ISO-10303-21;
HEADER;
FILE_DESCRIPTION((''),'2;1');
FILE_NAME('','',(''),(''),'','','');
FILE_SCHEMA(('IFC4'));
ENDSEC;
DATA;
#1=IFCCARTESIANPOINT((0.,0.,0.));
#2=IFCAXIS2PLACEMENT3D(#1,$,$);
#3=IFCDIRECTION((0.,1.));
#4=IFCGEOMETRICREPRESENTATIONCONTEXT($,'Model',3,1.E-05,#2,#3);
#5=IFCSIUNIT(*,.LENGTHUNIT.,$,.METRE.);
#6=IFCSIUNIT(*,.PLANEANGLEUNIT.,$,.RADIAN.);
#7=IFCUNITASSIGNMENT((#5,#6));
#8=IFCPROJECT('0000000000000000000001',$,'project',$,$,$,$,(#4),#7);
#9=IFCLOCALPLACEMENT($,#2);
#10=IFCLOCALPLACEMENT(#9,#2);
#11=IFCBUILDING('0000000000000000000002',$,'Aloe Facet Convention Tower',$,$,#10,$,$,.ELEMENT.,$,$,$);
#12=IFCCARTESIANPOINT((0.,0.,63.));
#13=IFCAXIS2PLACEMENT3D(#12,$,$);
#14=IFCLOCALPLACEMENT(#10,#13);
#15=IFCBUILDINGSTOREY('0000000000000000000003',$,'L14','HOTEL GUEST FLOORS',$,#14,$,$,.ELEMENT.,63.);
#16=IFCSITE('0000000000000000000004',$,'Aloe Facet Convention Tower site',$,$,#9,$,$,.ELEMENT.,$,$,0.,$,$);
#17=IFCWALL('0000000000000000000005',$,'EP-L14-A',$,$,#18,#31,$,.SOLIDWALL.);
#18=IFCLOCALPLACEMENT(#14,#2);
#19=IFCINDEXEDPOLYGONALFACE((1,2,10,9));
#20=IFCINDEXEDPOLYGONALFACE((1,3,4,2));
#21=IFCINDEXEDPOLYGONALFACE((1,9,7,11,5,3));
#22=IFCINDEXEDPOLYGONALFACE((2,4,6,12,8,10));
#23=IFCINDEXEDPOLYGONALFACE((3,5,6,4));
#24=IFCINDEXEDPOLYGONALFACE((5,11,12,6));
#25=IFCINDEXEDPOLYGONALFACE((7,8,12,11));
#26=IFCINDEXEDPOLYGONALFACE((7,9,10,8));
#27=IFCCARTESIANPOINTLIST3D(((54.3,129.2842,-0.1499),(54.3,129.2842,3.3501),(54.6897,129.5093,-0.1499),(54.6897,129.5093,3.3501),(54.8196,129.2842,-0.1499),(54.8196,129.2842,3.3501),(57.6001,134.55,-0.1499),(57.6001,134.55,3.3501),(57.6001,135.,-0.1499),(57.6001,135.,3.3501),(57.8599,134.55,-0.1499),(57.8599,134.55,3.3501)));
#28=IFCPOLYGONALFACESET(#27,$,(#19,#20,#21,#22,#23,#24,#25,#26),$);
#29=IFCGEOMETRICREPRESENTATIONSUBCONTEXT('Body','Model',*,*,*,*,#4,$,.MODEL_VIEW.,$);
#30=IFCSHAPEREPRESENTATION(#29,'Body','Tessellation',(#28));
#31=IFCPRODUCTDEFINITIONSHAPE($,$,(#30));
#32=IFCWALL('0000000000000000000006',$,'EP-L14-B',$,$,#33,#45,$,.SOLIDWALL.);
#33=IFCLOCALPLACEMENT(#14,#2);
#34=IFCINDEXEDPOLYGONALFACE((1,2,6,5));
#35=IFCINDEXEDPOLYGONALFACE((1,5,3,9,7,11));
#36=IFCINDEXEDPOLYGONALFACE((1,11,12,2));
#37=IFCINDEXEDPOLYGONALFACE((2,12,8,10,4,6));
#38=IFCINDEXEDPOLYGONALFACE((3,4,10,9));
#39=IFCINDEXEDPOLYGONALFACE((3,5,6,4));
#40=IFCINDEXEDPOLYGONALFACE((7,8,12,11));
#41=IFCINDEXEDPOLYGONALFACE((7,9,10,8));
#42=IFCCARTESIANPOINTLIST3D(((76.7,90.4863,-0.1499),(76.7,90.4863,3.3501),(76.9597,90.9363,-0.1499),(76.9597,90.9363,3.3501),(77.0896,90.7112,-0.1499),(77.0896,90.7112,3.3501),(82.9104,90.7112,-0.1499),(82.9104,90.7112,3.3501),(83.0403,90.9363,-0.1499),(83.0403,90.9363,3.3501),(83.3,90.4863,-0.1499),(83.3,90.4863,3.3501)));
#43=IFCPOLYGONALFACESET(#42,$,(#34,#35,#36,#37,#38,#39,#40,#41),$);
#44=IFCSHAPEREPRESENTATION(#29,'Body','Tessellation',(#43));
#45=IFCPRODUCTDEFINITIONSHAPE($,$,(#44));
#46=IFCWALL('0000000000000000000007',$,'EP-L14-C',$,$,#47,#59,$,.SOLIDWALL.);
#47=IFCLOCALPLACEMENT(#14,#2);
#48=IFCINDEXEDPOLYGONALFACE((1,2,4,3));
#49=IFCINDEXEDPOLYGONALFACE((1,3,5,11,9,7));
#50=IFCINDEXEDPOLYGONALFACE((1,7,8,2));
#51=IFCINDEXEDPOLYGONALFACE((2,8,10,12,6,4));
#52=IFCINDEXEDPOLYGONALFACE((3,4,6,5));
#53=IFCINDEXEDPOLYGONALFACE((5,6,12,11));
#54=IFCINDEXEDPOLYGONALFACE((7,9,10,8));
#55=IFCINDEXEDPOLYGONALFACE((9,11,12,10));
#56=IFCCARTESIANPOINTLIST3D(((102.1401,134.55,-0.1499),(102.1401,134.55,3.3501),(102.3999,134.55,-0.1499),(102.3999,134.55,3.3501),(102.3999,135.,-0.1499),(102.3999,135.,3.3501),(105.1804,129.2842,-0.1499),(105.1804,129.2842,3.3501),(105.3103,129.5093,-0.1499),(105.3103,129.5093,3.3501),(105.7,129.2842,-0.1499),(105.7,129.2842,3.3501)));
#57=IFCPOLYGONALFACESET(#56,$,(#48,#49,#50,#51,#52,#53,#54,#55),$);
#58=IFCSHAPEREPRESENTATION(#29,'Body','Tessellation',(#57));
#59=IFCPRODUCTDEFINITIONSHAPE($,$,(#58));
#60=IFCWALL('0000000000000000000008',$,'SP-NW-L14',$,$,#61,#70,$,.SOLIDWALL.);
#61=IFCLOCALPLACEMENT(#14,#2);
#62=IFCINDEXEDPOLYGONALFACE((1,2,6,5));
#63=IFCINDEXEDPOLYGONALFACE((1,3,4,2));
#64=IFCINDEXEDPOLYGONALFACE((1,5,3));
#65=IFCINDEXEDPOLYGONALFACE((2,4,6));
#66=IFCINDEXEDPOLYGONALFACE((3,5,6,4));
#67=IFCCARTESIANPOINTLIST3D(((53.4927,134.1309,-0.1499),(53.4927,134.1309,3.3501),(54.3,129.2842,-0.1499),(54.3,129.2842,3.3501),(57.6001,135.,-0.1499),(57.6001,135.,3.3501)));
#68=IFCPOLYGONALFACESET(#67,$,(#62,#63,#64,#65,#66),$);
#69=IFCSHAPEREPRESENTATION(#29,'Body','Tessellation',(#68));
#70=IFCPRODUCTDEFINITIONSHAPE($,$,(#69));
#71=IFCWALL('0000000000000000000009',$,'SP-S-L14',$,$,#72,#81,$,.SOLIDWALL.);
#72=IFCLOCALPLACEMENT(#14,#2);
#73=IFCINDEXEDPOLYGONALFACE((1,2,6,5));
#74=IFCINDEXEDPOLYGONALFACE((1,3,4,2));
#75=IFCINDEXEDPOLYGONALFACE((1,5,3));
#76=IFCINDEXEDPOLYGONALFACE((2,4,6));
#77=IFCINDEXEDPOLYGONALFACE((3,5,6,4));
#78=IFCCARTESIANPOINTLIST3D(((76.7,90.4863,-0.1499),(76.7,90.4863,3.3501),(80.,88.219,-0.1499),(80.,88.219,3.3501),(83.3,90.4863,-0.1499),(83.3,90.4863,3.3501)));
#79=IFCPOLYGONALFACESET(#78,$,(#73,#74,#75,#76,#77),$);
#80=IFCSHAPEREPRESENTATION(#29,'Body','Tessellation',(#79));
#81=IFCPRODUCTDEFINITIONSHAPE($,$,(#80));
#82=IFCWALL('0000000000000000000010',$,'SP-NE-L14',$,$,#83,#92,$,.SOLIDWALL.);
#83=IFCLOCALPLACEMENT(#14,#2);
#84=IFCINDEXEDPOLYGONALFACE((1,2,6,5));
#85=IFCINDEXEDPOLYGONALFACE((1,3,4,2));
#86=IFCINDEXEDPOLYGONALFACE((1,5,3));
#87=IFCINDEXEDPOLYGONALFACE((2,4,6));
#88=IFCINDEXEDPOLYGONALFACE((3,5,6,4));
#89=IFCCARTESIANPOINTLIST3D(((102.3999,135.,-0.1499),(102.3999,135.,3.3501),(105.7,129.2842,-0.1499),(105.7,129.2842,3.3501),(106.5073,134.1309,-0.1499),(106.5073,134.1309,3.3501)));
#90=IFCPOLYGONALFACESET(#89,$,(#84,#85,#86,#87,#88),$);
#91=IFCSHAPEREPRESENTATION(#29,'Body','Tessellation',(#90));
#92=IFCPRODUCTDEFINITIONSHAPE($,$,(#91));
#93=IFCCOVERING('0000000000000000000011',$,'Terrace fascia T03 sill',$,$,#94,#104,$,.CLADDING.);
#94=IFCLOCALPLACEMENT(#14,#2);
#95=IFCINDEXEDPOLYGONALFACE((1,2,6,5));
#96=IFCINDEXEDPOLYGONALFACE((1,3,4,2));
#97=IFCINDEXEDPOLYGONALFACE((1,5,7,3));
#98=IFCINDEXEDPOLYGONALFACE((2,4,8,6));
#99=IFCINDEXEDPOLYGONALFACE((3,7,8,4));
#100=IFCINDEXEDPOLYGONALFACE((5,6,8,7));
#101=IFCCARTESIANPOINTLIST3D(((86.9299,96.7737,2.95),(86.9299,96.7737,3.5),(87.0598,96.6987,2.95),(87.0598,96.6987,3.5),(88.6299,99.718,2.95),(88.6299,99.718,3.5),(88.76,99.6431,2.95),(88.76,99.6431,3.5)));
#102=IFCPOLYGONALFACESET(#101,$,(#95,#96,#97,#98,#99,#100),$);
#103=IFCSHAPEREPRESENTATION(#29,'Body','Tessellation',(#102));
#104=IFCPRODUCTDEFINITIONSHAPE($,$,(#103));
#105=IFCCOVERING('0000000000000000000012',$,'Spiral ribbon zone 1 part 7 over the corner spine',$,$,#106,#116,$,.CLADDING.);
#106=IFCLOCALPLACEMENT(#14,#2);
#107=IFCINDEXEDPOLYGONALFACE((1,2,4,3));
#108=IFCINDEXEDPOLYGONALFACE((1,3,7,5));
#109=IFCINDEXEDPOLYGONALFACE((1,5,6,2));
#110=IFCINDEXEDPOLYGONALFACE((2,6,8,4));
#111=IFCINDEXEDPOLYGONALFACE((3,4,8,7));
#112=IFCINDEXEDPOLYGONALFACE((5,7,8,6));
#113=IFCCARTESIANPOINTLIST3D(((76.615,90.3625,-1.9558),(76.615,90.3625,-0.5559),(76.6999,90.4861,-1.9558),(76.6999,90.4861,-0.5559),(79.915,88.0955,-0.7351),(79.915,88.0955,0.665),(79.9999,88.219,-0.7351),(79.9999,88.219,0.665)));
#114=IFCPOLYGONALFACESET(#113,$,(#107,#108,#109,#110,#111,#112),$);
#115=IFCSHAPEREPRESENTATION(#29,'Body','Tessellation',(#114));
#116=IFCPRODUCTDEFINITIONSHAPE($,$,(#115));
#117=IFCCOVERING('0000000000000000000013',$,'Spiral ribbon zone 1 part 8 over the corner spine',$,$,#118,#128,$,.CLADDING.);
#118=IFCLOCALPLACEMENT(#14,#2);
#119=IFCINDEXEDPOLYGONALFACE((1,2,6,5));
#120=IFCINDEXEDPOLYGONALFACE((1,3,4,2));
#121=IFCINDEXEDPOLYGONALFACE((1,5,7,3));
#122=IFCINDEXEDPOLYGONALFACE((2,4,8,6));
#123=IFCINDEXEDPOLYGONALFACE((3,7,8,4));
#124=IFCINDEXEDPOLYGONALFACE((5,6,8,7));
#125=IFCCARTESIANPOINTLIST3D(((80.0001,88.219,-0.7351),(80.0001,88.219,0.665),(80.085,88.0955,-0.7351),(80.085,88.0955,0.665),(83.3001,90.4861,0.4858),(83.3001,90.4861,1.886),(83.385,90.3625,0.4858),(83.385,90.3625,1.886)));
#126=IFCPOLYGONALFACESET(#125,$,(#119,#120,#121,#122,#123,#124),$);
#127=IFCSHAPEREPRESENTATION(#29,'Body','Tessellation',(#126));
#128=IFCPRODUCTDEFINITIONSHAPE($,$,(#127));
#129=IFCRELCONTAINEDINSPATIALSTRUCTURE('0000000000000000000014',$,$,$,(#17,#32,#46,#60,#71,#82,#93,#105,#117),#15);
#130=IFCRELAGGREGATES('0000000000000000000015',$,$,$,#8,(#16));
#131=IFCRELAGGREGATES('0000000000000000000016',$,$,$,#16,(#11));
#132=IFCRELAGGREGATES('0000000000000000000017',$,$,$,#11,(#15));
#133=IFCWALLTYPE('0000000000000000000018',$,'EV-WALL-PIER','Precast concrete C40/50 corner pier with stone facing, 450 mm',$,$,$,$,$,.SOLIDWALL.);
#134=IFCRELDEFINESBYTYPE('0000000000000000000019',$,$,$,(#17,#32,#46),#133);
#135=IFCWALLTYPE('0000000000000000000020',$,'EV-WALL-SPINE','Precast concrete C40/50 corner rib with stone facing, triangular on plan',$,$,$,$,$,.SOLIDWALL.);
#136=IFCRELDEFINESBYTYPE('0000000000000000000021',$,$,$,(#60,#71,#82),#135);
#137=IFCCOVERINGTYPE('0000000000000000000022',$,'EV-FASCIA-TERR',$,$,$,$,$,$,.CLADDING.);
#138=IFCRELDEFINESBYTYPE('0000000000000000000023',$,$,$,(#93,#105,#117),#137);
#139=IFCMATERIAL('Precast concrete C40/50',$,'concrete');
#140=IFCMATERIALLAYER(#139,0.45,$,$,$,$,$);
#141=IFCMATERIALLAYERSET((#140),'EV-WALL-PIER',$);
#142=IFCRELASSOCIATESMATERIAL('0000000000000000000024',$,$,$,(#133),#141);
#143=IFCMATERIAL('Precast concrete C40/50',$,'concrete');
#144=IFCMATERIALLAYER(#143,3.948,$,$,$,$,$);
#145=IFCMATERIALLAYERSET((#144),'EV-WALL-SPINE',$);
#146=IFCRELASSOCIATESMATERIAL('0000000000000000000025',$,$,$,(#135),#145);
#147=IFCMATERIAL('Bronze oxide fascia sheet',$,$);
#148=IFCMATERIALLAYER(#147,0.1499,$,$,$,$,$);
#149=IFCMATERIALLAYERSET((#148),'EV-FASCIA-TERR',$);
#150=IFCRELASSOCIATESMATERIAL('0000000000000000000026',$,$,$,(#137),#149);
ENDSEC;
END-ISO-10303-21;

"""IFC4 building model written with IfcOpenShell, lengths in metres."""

from ifc_helpers import new_model, si_unit, direction, frame, origin, place, context, subcontext, project, spatial, polyline, outline, extrude, material, layer, layer_set, type_object, element, save


model = new_model("IFC4")

# Units and contexts
model_context = context("Model", 3, precision=1e-05, world=origin(), true_north=direction((0.0, 1.0)))
body_context = subcontext(model_context, "Body", "Model", "MODEL_VIEW")
ifc_project = project(units=[si_unit("LENGTHUNIT", "METRE"), si_unit("PLANEANGLEUNIT", "RADIAN")], contexts=[model_context])

# Site, building, storey
site_placement = place(None, origin())
site = spatial("IfcSite", under=ifc_project, at=site_placement, Name="Aloe Facet Convention Tower site", CompositionType="ELEMENT", RefElevation=0.0)
building_placement = place(site_placement, origin())
building = spatial("IfcBuilding", under=site, at=building_placement, Name="Aloe Facet Convention Tower", CompositionType="ELEMENT")
storey_placement = place(building_placement, frame((0.0, 0.0, 63.0)))
storey = spatial("IfcBuildingStorey", under=building, at=storey_placement, Name="L14", Description="HOTEL GUEST FLOORS", CompositionType="ELEMENT", Elevation=63.0)

# Walls
ifc_material_1 = material(Name="Precast concrete C40/50", Category="concrete")
ifc_layer_1 = layer(ifc_material_1, 0.45)
ifc_layer_set_1 = layer_set([ifc_layer_1], Name="EV-WALL-PIER")
wall_type_1 = type_object("IfcWallType", Name="EV-WALL-PIER", Description="Precast concrete C40/50 corner pier with stone facing, 450 mm", PredefinedType="SOLIDWALL", material=ifc_layer_set_1)
wall_1_placement = place(storey_placement, frame((0.0, 0.0, -0.1499)))
element("IfcWall", 1, at=wall_1_placement, inside=storey, type_object=wall_type_1, Name="EP-L14-A", PredefinedType="SOLIDWALL", context=body_context, shape_type="SweptSolid", body=[
    extrude(outline(polyline([(57.6001, 135.0), (57.6001, 134.55), (57.8599, 134.55), (54.8196, 129.2842), (54.6897, 129.5093), (54.3, 129.2842), (57.6001, 135.0)])), origin(), (0.0, 0.0, 1.0), 3.5),
])
wall_2_placement = place(storey_placement, frame((0.0, 0.0, -0.1499)))
element("IfcWall", 2, at=wall_2_placement, inside=storey, type_object=wall_type_1, Name="EP-L14-B", PredefinedType="SOLIDWALL", context=body_context, shape_type="SweptSolid", body=[
    extrude(outline(polyline([(76.7, 90.4863), (77.0896, 90.7112), (76.9597, 90.9363), (83.0403, 90.9363), (82.9104, 90.7112), (83.3, 90.4863), (76.7, 90.4863)])), origin(), (0.0, 0.0, 1.0), 3.5),
])
wall_3_placement = place(storey_placement, frame((0.0, 0.0, -0.1499)))
element("IfcWall", 3, at=wall_3_placement, inside=storey, type_object=wall_type_1, Name="EP-L14-C", PredefinedType="SOLIDWALL", context=body_context, shape_type="SweptSolid", body=[
    extrude(outline(polyline([(105.7, 129.2842), (105.3103, 129.5093), (105.1804, 129.2842), (102.1401, 134.55), (102.3999, 134.55), (102.3999, 135.0), (105.7, 129.2842)])), origin(), (0.0, 0.0, 1.0), 3.5),
])
ifc_material_2 = material(Name="Precast concrete C40/50", Category="concrete")
ifc_layer_2 = layer(ifc_material_2, 3.948)
ifc_layer_set_2 = layer_set([ifc_layer_2], Name="EV-WALL-SPINE")
wall_type_2 = type_object("IfcWallType", Name="EV-WALL-SPINE", Description="Precast concrete C40/50 corner rib with stone facing, triangular on plan", PredefinedType="SOLIDWALL", material=ifc_layer_set_2)
wall_4_placement = place(storey_placement, frame((0.0, 0.0, -0.1499)))
element("IfcWall", 4, at=wall_4_placement, inside=storey, type_object=wall_type_2, Name="SP-NW-L14", PredefinedType="SOLIDWALL", context=body_context, shape_type="SweptSolid", body=[
    extrude(outline(polyline([(57.6001, 135.0), (53.4927, 134.1309), (54.3, 129.2842), (57.6001, 135.0)])), origin(), (0.0, 0.0, 1.0), 3.5),
])
wall_5_placement = place(storey_placement, frame((0.0, 0.0, -0.1499)))
element("IfcWall", 5, at=wall_5_placement, inside=storey, type_object=wall_type_2, Name="SP-S-L14", PredefinedType="SOLIDWALL", context=body_context, shape_type="SweptSolid", body=[
    extrude(outline(polyline([(76.7, 90.4863), (80.0, 88.219), (83.3, 90.4863), (76.7, 90.4863)])), origin(), (0.0, 0.0, 1.0), 3.5),
])
wall_6_placement = place(storey_placement, frame((0.0, 0.0, -0.1499)))
element("IfcWall", 6, at=wall_6_placement, inside=storey, type_object=wall_type_2, Name="SP-NE-L14", PredefinedType="SOLIDWALL", context=body_context, shape_type="SweptSolid", body=[
    extrude(outline(polyline([(105.7, 129.2842), (106.5073, 134.1309), (102.3999, 135.0), (105.7, 129.2842)])), origin(), (0.0, 0.0, 1.0), 3.5),
])

# Coverings
ifc_material_3 = material(Name="Bronze oxide fascia sheet")
ifc_layer_3 = layer(ifc_material_3, 0.1499)
ifc_layer_set_3 = layer_set([ifc_layer_3], Name="EV-FASCIA-TERR")
covering_type = type_object("IfcCoveringType", Name="EV-FASCIA-TERR", PredefinedType="CLADDING", material=ifc_layer_set_3)
covering_1_placement = place(storey_placement, frame((0.0, 0.0, 2.95)))
element("IfcCovering", 7, at=covering_1_placement, inside=storey, type_object=covering_type, Name="Terrace fascia T03 sill", PredefinedType="CLADDING", context=body_context, shape_type="SweptSolid", body=[
    extrude(outline(polyline([(87.0598, 96.6987), (88.76, 99.6431), (88.6299, 99.718), (86.9299, 96.7737), (87.0598, 96.6987)])), origin(), (0.0, 0.0, 1.0), 0.55),
])
covering_2_placement = place(storey_placement, frame((76.615, 90.3625, -1.9558), z_axis=(-0.566242, -0.824239, 0.0), x_axis=(0.788409, -0.541627, 0.291636)))
element("IfcCovering", 8, at=covering_2_placement, inside=storey, type_object=covering_type, Name="Spiral ribbon zone 1 part 7 over the corner spine", PredefinedType="CLADDING", context=body_context, shape_type="SweptSolid", body=[
    extrude(outline(polyline([(0.0, 0.0), (4.1857, 0.0), (4.594, 1.3393), (0.4083, 1.339), (0.0, 0.0)])), origin(), (0.0, 0.0, -1.0), 0.1499),
])
covering_3_placement = place(storey_placement, frame((80.085, 88.0955, -0.7351), z_axis=(0.566242, -0.824239, 0.0), x_axis=(0.788396, 0.541617, 0.29169)))
element("IfcCovering", 9, at=covering_3_placement, inside=storey, type_object=covering_type, Name="Spiral ribbon zone 1 part 8 over the corner spine", PredefinedType="CLADDING", context=body_context, shape_type="SweptSolid", body=[
    extrude(outline(polyline([(0.0, 0.0), (4.1858, 0.0), (4.5942, 1.3393), (0.4084, 1.3393), (0.0, 0.0)])), origin(), (0.0, 0.0, -1.0), 0.1499),
])

save(model, "model.ifc")
